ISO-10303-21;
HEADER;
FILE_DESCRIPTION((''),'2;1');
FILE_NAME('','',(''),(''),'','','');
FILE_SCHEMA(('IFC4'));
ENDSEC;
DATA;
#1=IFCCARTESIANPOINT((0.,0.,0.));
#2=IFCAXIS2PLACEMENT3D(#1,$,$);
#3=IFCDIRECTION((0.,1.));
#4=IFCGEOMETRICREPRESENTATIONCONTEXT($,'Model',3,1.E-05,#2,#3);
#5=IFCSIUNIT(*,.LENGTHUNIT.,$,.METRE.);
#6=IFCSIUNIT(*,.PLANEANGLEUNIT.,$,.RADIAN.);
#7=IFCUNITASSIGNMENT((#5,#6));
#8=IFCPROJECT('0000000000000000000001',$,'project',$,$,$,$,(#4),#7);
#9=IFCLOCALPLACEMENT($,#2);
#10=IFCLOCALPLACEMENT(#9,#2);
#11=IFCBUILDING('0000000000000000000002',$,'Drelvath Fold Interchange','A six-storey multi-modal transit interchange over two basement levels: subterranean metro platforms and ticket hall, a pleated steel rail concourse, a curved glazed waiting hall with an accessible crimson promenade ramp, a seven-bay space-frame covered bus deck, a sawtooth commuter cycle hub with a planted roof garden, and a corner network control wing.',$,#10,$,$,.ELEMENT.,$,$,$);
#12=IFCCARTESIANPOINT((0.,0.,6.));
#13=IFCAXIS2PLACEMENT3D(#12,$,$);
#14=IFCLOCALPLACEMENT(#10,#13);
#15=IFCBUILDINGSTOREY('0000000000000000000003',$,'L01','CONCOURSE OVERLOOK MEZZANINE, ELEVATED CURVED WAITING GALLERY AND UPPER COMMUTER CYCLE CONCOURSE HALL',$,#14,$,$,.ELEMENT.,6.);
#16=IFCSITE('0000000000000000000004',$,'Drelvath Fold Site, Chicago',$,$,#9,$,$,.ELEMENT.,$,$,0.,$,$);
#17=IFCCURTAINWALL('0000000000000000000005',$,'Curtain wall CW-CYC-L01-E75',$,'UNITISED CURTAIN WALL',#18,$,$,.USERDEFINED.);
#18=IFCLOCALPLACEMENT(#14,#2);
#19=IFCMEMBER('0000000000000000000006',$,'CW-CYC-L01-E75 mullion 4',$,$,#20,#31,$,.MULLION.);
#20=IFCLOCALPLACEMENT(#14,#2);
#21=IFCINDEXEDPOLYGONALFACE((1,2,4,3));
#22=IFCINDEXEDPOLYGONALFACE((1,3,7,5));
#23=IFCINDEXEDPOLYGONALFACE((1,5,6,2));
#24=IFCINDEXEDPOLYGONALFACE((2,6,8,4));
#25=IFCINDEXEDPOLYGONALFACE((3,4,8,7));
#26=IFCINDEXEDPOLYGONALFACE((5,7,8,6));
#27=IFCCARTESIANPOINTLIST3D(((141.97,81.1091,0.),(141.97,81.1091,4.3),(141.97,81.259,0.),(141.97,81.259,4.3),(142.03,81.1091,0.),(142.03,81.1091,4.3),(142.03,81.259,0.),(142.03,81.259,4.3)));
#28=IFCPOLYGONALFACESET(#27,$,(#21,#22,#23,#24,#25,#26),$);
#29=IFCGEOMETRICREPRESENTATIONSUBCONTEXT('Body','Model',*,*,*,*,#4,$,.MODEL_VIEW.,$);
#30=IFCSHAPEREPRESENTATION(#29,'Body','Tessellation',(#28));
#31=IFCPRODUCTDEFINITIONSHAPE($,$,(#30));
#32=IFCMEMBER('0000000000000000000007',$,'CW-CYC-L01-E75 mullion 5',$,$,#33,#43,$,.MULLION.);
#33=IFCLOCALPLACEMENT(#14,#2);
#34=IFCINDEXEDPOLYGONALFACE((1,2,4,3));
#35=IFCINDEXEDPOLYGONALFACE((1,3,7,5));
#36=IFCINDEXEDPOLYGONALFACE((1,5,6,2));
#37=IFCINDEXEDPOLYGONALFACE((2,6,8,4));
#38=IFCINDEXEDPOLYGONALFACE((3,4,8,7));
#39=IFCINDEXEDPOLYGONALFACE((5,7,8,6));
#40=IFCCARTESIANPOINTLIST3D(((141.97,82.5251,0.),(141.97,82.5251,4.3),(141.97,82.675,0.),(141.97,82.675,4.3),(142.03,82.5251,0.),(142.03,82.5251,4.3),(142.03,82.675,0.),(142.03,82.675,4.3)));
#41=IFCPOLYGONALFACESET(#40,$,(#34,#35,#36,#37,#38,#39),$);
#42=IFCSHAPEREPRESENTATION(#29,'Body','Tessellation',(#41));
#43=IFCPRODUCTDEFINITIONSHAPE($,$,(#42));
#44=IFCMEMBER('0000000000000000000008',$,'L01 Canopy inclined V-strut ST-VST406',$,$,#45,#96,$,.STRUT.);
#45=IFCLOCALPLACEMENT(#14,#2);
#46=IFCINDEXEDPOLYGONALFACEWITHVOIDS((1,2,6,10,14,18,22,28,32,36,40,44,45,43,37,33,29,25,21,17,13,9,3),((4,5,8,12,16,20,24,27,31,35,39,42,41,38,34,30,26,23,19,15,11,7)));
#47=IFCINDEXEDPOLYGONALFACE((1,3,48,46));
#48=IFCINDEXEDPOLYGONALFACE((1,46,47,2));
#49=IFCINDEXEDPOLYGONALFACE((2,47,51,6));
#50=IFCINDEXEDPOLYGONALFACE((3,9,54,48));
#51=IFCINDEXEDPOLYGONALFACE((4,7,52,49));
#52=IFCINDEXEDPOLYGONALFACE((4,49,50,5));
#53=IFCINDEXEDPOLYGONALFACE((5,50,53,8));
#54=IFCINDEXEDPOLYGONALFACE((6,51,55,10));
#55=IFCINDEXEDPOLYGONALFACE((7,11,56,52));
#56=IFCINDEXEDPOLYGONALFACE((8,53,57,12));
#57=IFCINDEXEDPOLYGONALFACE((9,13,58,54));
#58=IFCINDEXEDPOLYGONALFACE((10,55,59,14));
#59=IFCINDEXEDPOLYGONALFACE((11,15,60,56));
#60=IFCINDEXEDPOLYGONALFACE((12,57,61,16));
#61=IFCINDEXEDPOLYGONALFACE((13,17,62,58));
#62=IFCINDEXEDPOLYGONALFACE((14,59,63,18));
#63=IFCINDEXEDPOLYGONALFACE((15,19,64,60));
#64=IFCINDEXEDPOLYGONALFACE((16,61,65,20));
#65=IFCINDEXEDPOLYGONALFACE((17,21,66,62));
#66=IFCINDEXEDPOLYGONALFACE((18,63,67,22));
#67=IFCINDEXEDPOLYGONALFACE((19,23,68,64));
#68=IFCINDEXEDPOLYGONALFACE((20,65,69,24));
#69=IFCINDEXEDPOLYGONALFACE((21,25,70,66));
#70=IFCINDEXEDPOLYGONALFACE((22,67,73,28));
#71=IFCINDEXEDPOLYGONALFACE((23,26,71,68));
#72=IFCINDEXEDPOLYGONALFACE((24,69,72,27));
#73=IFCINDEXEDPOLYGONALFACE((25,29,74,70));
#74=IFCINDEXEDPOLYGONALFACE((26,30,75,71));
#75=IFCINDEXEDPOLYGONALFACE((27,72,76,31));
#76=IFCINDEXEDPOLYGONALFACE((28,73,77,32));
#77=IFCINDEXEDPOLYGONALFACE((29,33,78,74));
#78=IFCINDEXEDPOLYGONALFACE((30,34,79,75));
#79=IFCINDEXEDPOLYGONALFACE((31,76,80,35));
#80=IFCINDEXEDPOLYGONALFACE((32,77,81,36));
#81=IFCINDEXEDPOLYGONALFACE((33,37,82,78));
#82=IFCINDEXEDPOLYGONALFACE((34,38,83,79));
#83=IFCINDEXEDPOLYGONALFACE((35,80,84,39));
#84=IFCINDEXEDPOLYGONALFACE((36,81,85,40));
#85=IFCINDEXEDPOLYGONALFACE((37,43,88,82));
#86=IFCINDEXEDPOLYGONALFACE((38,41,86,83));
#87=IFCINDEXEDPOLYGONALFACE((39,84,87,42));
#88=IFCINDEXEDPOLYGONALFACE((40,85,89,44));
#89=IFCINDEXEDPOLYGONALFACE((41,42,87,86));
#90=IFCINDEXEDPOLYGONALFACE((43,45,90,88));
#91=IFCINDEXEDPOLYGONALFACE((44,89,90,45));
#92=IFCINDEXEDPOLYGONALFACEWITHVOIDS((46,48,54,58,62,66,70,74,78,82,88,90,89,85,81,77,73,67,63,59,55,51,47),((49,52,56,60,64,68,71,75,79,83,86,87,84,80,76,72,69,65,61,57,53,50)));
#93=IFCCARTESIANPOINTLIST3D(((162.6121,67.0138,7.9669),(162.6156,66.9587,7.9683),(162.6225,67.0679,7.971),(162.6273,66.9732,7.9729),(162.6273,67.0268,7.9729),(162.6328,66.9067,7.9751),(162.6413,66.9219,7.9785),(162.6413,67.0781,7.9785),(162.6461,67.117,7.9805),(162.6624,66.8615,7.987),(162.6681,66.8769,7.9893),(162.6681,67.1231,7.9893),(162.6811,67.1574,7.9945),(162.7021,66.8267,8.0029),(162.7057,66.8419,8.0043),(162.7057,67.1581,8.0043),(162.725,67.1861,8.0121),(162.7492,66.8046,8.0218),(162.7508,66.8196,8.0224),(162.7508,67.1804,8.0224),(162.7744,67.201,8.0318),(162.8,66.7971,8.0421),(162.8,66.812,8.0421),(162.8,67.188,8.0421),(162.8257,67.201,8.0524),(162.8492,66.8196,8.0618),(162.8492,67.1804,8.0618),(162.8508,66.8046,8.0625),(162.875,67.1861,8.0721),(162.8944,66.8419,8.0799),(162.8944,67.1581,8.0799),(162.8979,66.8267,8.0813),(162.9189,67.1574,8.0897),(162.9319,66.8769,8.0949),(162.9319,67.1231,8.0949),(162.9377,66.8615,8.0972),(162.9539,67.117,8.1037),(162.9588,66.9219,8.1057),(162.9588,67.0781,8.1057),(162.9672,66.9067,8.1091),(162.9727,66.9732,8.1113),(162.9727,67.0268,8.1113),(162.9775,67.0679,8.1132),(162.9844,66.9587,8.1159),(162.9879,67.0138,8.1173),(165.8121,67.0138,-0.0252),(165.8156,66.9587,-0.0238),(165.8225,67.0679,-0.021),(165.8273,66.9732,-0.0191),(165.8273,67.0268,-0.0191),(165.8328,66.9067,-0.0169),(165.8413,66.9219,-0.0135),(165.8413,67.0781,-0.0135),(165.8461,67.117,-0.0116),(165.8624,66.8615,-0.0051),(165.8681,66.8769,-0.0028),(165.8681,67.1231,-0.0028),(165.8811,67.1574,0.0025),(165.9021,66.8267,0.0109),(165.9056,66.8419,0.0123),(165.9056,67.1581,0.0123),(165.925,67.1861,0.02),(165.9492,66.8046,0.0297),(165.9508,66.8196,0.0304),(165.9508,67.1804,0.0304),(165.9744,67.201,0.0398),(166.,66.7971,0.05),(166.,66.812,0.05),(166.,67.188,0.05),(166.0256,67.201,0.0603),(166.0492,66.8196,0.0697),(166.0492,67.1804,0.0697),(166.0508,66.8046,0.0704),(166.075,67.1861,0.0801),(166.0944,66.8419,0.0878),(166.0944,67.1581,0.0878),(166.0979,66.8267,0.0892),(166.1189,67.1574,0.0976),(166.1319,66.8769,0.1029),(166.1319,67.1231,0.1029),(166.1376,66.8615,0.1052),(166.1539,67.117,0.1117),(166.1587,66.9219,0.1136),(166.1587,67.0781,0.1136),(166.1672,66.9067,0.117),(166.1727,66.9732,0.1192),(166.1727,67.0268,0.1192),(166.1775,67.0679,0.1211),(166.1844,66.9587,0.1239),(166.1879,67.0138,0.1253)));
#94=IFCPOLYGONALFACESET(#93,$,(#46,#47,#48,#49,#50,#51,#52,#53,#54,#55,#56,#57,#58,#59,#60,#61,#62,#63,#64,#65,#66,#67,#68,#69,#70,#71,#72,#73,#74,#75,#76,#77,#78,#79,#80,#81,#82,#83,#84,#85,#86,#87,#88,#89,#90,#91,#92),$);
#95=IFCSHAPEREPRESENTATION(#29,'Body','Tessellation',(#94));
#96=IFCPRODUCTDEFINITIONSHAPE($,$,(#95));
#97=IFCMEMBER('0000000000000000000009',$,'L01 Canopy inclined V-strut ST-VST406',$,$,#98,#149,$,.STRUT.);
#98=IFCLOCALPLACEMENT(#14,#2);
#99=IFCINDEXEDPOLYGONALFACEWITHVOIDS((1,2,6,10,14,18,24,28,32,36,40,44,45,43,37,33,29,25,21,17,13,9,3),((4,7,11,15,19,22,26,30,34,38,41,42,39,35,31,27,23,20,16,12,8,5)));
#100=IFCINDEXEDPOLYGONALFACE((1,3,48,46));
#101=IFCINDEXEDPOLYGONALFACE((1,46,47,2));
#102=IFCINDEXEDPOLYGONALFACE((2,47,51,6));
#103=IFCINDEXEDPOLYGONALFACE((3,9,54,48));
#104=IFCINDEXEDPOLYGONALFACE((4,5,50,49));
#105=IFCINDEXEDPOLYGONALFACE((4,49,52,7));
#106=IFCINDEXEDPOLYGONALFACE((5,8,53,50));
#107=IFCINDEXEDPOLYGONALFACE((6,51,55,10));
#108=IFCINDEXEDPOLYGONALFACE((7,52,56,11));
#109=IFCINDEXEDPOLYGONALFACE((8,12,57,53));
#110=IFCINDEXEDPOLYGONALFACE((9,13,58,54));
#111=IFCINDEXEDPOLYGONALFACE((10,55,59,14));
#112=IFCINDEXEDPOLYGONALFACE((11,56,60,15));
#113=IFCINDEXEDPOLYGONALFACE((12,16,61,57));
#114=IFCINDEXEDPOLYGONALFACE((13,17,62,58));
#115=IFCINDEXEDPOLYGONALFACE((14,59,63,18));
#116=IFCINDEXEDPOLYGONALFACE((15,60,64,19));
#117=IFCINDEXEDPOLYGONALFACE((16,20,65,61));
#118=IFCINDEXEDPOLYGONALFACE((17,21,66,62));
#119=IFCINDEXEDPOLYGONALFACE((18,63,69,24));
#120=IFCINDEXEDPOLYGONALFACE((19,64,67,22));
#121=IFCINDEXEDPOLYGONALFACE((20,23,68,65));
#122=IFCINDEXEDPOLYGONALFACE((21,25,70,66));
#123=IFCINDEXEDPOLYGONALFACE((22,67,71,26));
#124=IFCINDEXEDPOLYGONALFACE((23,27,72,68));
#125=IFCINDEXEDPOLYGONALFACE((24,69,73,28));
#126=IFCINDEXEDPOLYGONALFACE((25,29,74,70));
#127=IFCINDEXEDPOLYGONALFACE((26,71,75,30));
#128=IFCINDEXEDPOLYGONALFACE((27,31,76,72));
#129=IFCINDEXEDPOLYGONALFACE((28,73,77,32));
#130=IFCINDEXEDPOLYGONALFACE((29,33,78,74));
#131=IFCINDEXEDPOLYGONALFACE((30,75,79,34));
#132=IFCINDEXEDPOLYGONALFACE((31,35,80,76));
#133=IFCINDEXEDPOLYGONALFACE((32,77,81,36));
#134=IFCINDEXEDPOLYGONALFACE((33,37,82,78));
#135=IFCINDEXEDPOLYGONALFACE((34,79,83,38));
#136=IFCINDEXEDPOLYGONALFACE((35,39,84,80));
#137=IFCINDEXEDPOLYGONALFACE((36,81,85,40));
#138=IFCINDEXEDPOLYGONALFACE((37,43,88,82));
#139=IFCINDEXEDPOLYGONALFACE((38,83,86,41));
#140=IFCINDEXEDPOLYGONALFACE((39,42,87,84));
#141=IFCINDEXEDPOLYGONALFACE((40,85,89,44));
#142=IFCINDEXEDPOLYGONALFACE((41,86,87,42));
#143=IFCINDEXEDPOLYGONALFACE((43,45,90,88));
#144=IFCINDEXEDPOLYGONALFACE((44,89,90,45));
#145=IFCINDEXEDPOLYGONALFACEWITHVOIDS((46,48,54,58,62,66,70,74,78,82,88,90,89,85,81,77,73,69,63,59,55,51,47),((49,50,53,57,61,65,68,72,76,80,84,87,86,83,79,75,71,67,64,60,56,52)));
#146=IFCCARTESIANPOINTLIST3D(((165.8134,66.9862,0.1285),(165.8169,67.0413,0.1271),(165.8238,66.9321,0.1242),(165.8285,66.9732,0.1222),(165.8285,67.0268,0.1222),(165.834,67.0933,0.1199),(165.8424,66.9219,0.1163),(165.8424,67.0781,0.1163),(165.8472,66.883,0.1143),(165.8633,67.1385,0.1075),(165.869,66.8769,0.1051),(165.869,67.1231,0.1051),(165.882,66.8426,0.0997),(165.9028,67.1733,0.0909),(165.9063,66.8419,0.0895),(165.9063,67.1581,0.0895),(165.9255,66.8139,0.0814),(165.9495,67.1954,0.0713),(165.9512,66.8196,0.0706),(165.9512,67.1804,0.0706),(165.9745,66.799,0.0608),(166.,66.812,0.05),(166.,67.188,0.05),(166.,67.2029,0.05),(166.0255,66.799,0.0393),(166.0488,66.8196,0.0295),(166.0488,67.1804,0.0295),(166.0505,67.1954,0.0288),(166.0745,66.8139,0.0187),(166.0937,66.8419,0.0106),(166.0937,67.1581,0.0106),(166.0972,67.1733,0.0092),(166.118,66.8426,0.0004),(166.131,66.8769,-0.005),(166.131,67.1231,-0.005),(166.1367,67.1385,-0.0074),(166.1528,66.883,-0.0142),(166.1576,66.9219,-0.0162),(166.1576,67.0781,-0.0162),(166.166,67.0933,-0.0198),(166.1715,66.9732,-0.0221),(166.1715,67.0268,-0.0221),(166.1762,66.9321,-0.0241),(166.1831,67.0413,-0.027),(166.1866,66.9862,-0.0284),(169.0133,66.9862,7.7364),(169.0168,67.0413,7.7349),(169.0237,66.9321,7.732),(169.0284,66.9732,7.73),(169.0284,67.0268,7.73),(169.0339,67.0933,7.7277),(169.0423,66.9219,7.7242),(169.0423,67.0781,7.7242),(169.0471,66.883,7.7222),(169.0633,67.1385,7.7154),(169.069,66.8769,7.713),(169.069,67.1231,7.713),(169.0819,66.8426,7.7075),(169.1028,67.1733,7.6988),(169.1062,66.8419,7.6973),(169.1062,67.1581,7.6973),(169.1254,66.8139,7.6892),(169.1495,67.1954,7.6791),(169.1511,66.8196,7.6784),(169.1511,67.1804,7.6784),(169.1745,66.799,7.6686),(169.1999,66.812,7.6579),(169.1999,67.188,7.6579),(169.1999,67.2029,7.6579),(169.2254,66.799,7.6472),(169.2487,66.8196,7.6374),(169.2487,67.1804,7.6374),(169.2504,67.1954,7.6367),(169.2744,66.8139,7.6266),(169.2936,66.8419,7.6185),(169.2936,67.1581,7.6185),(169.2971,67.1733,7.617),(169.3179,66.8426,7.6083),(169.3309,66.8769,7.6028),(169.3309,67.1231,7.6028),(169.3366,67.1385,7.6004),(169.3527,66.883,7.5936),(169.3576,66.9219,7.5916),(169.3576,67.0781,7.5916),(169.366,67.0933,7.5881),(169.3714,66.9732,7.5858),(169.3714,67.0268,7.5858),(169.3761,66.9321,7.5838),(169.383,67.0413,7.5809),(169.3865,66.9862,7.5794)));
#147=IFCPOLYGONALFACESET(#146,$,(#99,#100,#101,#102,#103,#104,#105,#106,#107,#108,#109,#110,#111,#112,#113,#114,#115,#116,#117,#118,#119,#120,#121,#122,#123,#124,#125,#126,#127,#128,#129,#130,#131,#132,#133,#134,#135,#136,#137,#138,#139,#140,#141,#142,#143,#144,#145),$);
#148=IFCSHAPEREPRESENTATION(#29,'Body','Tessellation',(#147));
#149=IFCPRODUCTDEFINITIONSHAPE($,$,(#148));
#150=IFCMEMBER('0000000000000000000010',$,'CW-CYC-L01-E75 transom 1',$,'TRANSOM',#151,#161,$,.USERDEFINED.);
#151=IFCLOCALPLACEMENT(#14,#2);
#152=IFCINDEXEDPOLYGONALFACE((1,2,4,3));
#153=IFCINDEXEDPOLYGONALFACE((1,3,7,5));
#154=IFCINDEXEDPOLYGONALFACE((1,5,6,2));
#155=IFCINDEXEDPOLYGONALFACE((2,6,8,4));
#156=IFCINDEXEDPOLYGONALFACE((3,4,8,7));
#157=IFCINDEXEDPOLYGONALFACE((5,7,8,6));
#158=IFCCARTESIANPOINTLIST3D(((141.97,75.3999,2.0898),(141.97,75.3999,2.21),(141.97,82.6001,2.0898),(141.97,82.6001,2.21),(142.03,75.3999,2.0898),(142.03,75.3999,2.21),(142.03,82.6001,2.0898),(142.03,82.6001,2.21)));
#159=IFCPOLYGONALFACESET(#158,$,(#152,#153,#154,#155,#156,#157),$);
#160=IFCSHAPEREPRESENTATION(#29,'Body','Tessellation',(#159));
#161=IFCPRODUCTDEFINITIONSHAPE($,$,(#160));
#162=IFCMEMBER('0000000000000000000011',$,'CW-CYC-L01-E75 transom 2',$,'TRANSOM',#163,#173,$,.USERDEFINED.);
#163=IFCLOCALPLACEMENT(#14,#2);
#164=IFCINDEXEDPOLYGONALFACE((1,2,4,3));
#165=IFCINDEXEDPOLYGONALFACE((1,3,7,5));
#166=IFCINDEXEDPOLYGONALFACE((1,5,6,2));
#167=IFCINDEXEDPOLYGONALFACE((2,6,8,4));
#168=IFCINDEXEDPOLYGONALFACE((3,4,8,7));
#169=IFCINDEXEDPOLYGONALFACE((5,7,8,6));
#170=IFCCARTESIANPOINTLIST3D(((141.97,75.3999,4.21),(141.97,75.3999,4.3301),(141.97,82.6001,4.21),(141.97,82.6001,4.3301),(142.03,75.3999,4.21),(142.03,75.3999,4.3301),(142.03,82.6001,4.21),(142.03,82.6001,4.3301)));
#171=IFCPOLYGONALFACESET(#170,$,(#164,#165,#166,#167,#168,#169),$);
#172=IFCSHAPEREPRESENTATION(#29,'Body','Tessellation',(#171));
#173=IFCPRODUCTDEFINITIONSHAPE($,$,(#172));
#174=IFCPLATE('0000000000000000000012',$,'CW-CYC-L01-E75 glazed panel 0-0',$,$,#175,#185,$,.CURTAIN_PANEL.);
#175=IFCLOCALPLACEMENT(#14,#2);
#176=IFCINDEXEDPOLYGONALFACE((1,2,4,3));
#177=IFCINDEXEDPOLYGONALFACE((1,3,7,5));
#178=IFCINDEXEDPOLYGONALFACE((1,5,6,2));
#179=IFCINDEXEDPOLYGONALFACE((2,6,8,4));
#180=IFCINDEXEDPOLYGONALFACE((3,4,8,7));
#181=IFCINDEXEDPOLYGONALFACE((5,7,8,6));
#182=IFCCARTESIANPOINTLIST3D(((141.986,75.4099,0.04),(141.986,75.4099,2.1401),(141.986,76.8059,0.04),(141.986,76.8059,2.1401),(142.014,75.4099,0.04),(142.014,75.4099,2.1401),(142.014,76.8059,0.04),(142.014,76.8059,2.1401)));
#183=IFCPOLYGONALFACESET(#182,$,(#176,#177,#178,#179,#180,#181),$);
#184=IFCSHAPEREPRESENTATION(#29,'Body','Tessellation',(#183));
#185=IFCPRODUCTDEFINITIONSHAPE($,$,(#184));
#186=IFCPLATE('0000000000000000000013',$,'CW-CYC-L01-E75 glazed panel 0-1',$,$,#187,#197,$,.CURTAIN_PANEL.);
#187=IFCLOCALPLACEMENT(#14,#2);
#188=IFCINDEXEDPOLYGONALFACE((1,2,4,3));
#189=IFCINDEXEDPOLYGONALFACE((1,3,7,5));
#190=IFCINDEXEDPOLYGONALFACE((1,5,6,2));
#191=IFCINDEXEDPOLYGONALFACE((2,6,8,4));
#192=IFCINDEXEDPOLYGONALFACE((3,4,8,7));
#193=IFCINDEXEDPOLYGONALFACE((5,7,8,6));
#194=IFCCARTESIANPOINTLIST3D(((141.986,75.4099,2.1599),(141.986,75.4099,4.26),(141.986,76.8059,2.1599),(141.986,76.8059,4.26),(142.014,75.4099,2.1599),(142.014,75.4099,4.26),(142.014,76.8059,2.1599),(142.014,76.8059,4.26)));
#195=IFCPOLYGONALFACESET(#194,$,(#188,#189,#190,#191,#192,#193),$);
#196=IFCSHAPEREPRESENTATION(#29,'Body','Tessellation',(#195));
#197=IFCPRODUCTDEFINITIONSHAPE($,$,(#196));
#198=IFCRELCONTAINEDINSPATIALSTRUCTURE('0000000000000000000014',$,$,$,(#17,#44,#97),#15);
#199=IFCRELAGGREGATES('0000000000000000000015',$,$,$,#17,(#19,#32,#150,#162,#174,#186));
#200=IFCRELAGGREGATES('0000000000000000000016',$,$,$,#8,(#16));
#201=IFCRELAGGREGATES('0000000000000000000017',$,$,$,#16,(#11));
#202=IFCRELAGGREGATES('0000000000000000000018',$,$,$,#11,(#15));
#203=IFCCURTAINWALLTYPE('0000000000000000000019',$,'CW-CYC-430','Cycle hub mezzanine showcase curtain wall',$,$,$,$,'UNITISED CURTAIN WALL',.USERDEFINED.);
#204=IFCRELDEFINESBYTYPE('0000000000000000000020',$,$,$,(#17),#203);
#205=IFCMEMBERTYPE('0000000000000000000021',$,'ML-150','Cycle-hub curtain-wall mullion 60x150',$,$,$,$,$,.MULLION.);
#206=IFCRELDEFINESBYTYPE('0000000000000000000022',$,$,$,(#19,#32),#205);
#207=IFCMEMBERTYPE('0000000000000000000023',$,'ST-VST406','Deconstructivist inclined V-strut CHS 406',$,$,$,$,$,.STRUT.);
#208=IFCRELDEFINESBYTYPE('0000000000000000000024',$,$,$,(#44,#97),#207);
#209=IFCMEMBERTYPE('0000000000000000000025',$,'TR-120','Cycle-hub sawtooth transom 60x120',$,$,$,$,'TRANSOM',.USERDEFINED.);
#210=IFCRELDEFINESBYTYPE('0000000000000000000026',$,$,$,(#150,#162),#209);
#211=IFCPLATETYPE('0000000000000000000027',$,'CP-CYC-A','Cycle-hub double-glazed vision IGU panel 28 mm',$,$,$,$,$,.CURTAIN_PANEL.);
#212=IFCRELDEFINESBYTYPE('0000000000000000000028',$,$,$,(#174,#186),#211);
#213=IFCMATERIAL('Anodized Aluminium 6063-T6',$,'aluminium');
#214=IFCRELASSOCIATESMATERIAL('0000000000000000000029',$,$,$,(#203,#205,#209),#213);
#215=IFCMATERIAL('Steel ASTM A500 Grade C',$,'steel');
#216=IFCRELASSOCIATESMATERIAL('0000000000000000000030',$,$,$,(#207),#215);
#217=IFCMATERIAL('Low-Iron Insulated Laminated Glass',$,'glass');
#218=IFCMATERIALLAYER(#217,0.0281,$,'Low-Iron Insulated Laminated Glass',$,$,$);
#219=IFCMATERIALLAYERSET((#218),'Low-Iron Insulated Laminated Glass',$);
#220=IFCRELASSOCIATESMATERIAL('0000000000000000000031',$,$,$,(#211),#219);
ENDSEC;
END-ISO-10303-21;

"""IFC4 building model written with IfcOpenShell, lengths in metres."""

from ifc_helpers import new_model, si_unit, direction, frame, origin, origin_2d, place, context, subcontext, project, spatial, rectangle, hollow_circle, extrude, material, layer, layer_set, material_profile, profile_set, type_object, element, aggregate, save


model = new_model("IFC4")

# Units and contexts
model_context = context("Model", 3, precision=1e-05, world=origin(), true_north=direction((0.0, 1.0)))
body_context = subcontext(model_context, "Body", "Model", "MODEL_VIEW")
ifc_project = project(units=[si_unit("LENGTHUNIT", "METRE"), si_unit("PLANEANGLEUNIT", "RADIAN")], contexts=[model_context])

# Site, building, storey
site_placement = place(None, origin())
site = spatial("IfcSite", under=ifc_project, at=site_placement, Name="Drelvath Fold Site, Chicago", CompositionType="ELEMENT", RefElevation=0.0)
building_placement = place(site_placement, origin())
building = spatial("IfcBuilding", under=site, at=building_placement, Name="Drelvath Fold Interchange", Description="A six-storey multi-modal transit interchange over two basement levels: subterranean metro platforms and ticket hall, a pleated steel rail concourse, a curved glazed waiting hall with an accessible crimson promenade ramp, a seven-bay space-frame covered bus deck, a sawtooth commuter cycle hub with a planted roof garden, and a corner network control wing.", CompositionType="ELEMENT")
storey_placement = place(building_placement, frame((0.0, 0.0, 6.0)))
storey = spatial("IfcBuildingStorey", under=building, at=storey_placement, Name="L01", Description="CONCOURSE OVERLOOK MEZZANINE, ELEVATED CURVED WAITING GALLERY AND UPPER COMMUTER CYCLE CONCOURSE HALL", CompositionType="ELEMENT", Elevation=6.0)

# Shared definitions
ifc_material_1 = material(Name="Steel ASTM A500 Grade C", Category="steel")

# Curtain wall, members
ifc_material_2 = material(Name="Anodized Aluminium 6063-T6", Category="aluminium")
curtain_wall_type = type_object("IfcCurtainWallType", Name="CW-CYC-430", Description="Cycle hub mezzanine showcase curtain wall", ElementType="UNITISED CURTAIN WALL", PredefinedType="USERDEFINED", material=ifc_material_2)
curtain_wall_placement = place(storey_placement, origin())
curtain_wall = element("IfcCurtainWall", 1, at=curtain_wall_placement, inside=storey, type_object=curtain_wall_type, Name="Curtain wall CW-CYC-L01-E75", ObjectType="UNITISED CURTAIN WALL", PredefinedType="USERDEFINED")
ifc_material_profile_1 = material_profile(ifc_material_2, rectangle(XDim=0.0601, YDim=0.1499, at=origin_2d()), Name="AL-M 60x150")
ifc_profile_set_1 = profile_set([ifc_material_profile_1], Name="Anodized Aluminium 6063-T6")
member_type_1 = type_object("IfcMemberType", Name="ML-150", Description="Cycle-hub curtain-wall mullion 60x150", PredefinedType="MULLION", material=ifc_profile_set_1)
member_1_placement = place(storey_placement, frame((142.0, 81.1841, 0.0), z_axis=(0.0, 0.0, 1.0), x_axis=(1.0, 0.0, 0.0)))
member_1 = element("IfcMember", 2, at=member_1_placement, type_object=member_type_1, Name="CW-CYC-L01-E75 mullion 4", PredefinedType="MULLION", context=body_context, shape_type="SweptSolid", body=[
    extrude(rectangle(XDim=0.0601, YDim=0.1499, at=origin_2d()), origin(), (0.0, 0.0, 1.0), 4.3),
])
member_2_placement = place(storey_placement, frame((142.0, 82.6001, 0.0), z_axis=(0.0, 0.0, 1.0), x_axis=(1.0, 0.0, 0.0)))
member_2 = element("IfcMember", 3, at=member_2_placement, type_object=member_type_1, Name="CW-CYC-L01-E75 mullion 5", PredefinedType="MULLION", context=body_context, shape_type="SweptSolid", body=[
    extrude(rectangle(XDim=0.0601, YDim=0.1499, at=origin_2d()), origin(), (0.0, 0.0, 1.0), 4.3),
])

# Members
ifc_material_profile_2 = material_profile(ifc_material_1, hollow_circle(Radius=0.2029, WallThickness=0.0149, at=origin_2d()), Name="HSS16.000X0.625")
ifc_profile_set_2 = profile_set([ifc_material_profile_2], Name="Steel ASTM A500 Grade C")
member_type_2 = type_object("IfcMemberType", Name="ST-VST406", Description="Deconstructivist inclined V-strut CHS 406", PredefinedType="STRUT", material=ifc_profile_set_2)
member_3_placement = place(storey_placement, frame((166.0, 67.0, 0.05), z_axis=(-0.371708, 0.0, 0.92835), x_axis=(0.0, -1.0, 0.0)))
element("IfcMember", 4, at=member_3_placement, inside=storey, type_object=member_type_2, Name="L01 Canopy inclined V-strut ST-VST406", PredefinedType="STRUT", context=body_context, shape_type="SweptSolid", body=[
    extrude(hollow_circle(Radius=0.2029, WallThickness=0.0149, at=origin_2d()), origin(), (0.0, 0.0, 1.0), 8.6089),
])
member_4_placement = place(storey_placement, frame((166.0, 67.0, 0.05), z_axis=(0.387709, 0.0, 0.921782), x_axis=(0.0, 1.0, 0.0)))
element("IfcMember", 5, at=member_4_placement, inside=storey, type_object=member_type_2, Name="L01 Canopy inclined V-strut ST-VST406", PredefinedType="STRUT", context=body_context, shape_type="SweptSolid", body=[
    extrude(hollow_circle(Radius=0.2029, WallThickness=0.0149, at=origin_2d()), origin(), (0.0, 0.0, 1.0), 8.2534),
])

# Members
ifc_material_profile_3 = material_profile(ifc_material_2, rectangle(XDim=0.0601, YDim=0.1201, at=origin_2d()), Name="AL-T 60x120")
ifc_profile_set_3 = profile_set([ifc_material_profile_3], Name="Anodized Aluminium 6063-T6")
member_type_3 = type_object("IfcMemberType", Name="TR-120", Description="Cycle-hub sawtooth transom 60x120", ElementType="TRANSOM", PredefinedType="USERDEFINED", material=ifc_profile_set_3)
member_5_placement = place(storey_placement, frame((142.0, 75.3999, 2.1499), z_axis=(0.0, 1.0, 0.0), x_axis=(-1.0, 0.0, 0.0)))
member_5 = element("IfcMember", 6, at=member_5_placement, type_object=member_type_3, Name="CW-CYC-L01-E75 transom 1", ObjectType="TRANSOM", PredefinedType="USERDEFINED", context=body_context, shape_type="SweptSolid", body=[
    extrude(rectangle(XDim=0.0601, YDim=0.1201, at=origin_2d()), origin(), (0.0, 0.0, 1.0), 7.2002),
])
member_6_placement = place(storey_placement, frame((142.0, 75.3999, 4.27), z_axis=(0.0, 1.0, 0.0), x_axis=(-1.0, 0.0, 0.0)))
member_6 = element("IfcMember", 7, at=member_6_placement, type_object=member_type_3, Name="CW-CYC-L01-E75 transom 2", ObjectType="TRANSOM", PredefinedType="USERDEFINED", context=body_context, shape_type="SweptSolid", body=[
    extrude(rectangle(XDim=0.0601, YDim=0.1201, at=origin_2d()), origin(), (0.0, 0.0, 1.0), 7.2002),
])

# Plates
ifc_material_3 = material(Name="Low-Iron Insulated Laminated Glass", Category="glass")
ifc_layer_1 = layer(ifc_material_3, 0.0281, Name="Low-Iron Insulated Laminated Glass")
ifc_layer_set_1 = layer_set([ifc_layer_1], Name="Low-Iron Insulated Laminated Glass")
plate_type_1 = type_object("IfcPlateType", Name="CP-CYC-A", Description="Cycle-hub double-glazed vision IGU panel 28 mm", PredefinedType="CURTAIN_PANEL", material=ifc_layer_set_1)
plate_1_placement = place(storey_placement, frame((142.0, 76.1079, 0.04), z_axis=(0.0, 0.0, 1.0), x_axis=(0.0, 1.0, 0.0)))
plate_1 = element("IfcPlate", 8, at=plate_1_placement, type_object=plate_type_1, Name="CW-CYC-L01-E75 glazed panel 0-0", PredefinedType="CURTAIN_PANEL", context=body_context, shape_type="SweptSolid", body=[
    extrude(rectangle(XDim=1.396, YDim=0.0281, at=origin_2d()), origin(), (0.0, 0.0, 1.0), 2.1001),
])
plate_2_placement = place(storey_placement, frame((142.0, 76.1079, 2.1599), z_axis=(0.0, 0.0, 1.0), x_axis=(0.0, 1.0, 0.0)))
plate_2 = element("IfcPlate", 9, at=plate_2_placement, type_object=plate_type_1, Name="CW-CYC-L01-E75 glazed panel 0-1", PredefinedType="CURTAIN_PANEL", context=body_context, shape_type="SweptSolid", body=[
    extrude(rectangle(XDim=1.396, YDim=0.0281, at=origin_2d()), origin(), (0.0, 0.0, 1.0), 2.1001),
])
aggregate(curtain_wall, [member_1, member_2, member_5, member_6, plate_1, plate_2])

save(model, "model.ifc")
